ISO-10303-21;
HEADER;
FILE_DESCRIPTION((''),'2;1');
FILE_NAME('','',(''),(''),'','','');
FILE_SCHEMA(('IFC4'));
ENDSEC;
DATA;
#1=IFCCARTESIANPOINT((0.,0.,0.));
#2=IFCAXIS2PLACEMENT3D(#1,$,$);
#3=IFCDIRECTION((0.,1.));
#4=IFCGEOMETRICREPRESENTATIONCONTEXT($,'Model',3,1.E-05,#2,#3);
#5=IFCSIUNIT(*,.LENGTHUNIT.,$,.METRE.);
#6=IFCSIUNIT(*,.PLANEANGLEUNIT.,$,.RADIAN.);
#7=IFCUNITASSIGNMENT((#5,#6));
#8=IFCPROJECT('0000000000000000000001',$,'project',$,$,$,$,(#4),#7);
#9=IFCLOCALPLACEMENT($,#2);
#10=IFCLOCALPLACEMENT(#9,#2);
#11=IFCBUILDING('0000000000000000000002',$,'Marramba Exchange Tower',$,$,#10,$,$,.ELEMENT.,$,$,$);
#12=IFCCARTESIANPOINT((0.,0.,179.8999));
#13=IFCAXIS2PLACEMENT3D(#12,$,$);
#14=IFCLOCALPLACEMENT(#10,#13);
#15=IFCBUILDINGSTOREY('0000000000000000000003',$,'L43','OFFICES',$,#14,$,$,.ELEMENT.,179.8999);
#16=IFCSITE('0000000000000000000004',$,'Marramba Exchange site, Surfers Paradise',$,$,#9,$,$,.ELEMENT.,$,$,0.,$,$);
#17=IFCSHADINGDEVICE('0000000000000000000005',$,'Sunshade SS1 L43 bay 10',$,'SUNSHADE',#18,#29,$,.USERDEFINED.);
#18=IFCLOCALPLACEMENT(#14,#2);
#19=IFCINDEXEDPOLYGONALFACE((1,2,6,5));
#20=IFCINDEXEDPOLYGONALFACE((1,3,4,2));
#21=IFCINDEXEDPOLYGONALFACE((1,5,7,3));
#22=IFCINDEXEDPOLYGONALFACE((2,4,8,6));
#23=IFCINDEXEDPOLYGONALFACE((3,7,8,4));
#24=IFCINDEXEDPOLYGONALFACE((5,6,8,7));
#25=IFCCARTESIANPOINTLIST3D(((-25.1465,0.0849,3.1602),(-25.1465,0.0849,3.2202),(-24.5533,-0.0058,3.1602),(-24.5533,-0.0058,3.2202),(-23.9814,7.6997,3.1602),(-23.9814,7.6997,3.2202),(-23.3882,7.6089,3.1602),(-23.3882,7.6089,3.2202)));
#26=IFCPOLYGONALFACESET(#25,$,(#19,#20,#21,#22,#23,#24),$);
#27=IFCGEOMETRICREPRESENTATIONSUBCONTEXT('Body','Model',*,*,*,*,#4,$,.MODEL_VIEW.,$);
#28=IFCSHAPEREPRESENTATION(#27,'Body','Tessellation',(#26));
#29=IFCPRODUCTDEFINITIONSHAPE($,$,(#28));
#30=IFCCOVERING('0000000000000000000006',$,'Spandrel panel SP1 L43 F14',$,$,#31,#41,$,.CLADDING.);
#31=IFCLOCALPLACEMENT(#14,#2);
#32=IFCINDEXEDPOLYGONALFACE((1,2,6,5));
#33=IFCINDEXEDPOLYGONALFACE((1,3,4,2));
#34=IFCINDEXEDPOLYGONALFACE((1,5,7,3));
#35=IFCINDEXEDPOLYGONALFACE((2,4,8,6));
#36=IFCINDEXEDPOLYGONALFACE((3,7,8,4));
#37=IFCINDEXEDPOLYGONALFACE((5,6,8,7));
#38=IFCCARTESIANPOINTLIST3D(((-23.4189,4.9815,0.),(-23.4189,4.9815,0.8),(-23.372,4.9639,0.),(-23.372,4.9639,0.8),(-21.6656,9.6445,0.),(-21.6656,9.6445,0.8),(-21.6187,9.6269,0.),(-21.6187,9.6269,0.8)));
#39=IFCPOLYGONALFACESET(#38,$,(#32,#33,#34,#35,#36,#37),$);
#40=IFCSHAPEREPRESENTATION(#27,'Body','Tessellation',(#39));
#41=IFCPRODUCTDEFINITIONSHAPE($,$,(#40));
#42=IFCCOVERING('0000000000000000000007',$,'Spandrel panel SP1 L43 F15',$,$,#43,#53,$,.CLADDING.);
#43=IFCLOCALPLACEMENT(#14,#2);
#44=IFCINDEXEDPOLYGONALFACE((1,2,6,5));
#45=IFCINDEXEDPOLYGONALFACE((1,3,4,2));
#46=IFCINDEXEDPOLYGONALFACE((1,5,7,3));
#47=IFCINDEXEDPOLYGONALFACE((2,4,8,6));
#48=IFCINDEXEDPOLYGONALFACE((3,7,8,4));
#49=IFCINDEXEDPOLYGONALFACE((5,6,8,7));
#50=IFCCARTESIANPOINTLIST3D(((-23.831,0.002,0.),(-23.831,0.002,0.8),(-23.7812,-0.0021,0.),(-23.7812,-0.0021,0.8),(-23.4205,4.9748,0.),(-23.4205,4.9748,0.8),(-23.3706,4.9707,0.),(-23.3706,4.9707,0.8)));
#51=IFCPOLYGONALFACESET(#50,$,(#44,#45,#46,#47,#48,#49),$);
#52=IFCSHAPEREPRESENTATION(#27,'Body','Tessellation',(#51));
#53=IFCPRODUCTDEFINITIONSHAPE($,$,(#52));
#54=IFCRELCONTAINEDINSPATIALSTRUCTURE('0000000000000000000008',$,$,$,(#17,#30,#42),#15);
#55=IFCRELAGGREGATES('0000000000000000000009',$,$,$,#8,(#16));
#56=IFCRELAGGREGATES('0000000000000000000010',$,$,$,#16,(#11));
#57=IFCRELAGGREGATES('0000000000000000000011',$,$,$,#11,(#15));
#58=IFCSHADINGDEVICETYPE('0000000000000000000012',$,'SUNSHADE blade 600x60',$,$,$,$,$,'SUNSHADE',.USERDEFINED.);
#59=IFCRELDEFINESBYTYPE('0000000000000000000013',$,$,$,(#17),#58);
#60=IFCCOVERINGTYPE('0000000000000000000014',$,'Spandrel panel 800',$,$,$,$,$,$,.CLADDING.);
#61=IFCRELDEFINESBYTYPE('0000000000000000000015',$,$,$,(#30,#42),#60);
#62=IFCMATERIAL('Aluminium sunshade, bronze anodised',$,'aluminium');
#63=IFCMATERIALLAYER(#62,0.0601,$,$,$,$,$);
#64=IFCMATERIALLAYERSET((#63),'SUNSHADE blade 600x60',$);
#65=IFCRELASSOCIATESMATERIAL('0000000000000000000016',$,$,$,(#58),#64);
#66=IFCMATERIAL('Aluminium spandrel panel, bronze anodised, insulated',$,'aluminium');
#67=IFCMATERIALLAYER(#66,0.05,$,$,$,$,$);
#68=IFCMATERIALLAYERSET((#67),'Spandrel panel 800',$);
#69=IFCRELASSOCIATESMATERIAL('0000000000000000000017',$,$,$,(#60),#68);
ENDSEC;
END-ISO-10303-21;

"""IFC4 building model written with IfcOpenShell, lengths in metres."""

from ifc_helpers import new_model, si_unit, direction, frame, origin, origin_2d, place, context, subcontext, project, spatial, rectangle, extrude, material, layer, layer_set, type_object, element, save


model = new_model("IFC4")

# Units and contexts
model_context = context("Model", 3, precision=1e-05, world=origin(), true_north=direction((0.0, 1.0)))
body_context = subcontext(model_context, "Body", "Model", "MODEL_VIEW")
ifc_project = project(units=[si_unit("LENGTHUNIT", "METRE"), si_unit("PLANEANGLEUNIT", "RADIAN")], contexts=[model_context])

# Site, building, storey
site_placement = place(None, origin())
site = spatial("IfcSite", under=ifc_project, at=site_placement, Name="Marramba Exchange site, Surfers Paradise", CompositionType="ELEMENT", RefElevation=0.0)
building_placement = place(site_placement, origin())
building = spatial("IfcBuilding", under=site, at=building_placement, Name="Marramba Exchange Tower", CompositionType="ELEMENT")
storey_placement = place(building_placement, frame((0.0, 0.0, 179.8999)))
storey = spatial("IfcBuildingStorey", under=building, at=storey_placement, Name="L43", Description="OFFICES", CompositionType="ELEMENT", Elevation=179.8999)

# Shading device
ifc_material_1 = material(Name="Aluminium sunshade, bronze anodised", Category="aluminium")
ifc_layer_1 = layer(ifc_material_1, 0.0601)
ifc_layer_set_1 = layer_set([ifc_layer_1], Name="SUNSHADE blade 600x60")
shading_device_type_1 = type_object("IfcShadingDeviceType", Name="SUNSHADE blade 600x60", ElementType="SUNSHADE", PredefinedType="USERDEFINED", material=ifc_layer_set_1)
shading_device_1_placement = place(storey_placement, frame((-24.2673, 3.8469, 3.1602), z_axis=(0.0, 0.0, 1.0), x_axis=(-0.151241, -0.988497, 0.0)))
element("IfcShadingDevice", 1, at=shading_device_1_placement, inside=storey, type_object=shading_device_type_1, Name="Sunshade SS1 L43 bay 10", ObjectType="SUNSHADE", PredefinedType="USERDEFINED", context=body_context, shape_type="SweptSolid", body=[
    extrude(rectangle(XDim=7.7034, YDim=0.6001, at=origin_2d()), origin(), (0.0, 0.0, 1.0), 0.0601),
])

# Coverings
ifc_material_2 = material(Name="Aluminium spandrel panel, bronze anodised, insulated", Category="aluminium")
ifc_layer_2 = layer(ifc_material_2, 0.05)
ifc_layer_set_2 = layer_set([ifc_layer_2], Name="Spandrel panel 800")
covering_type = type_object("IfcCoveringType", Name="Spandrel panel 800", PredefinedType="CLADDING", material=ifc_layer_set_2)
covering_1_placement = place(storey_placement, frame((-22.5188, 7.3042, 0.0), z_axis=(0.0, 0.0, 1.0), x_axis=(-0.351952, -0.936018, 0.0)))
element("IfcCovering", 2, at=covering_1_placement, inside=storey, type_object=covering_type, Name="Spandrel panel SP1 L43 F14", PredefinedType="CLADDING", context=body_context, shape_type="SweptSolid", body=[
    extrude(rectangle(XDim=4.9817, YDim=0.05, at=origin_2d()), origin(), (0.0, 0.0, 1.0), 0.8),
])
covering_2_placement = place(storey_placement, frame((-23.6008, 2.4863, 0.0), z_axis=(0.0, 0.0, 1.0), x_axis=(-0.082281, -0.996609, 0.0)))
element("IfcCovering", 3, at=covering_2_placement, inside=storey, type_object=covering_type, Name="Spandrel panel SP1 L43 F15", PredefinedType="CLADDING", context=body_context, shape_type="SweptSolid", body=[
    extrude(rectangle(XDim=4.9897, YDim=0.05, at=origin_2d()), origin(), (0.0, 0.0, 1.0), 0.8),
])

save(model, "model.ifc")
